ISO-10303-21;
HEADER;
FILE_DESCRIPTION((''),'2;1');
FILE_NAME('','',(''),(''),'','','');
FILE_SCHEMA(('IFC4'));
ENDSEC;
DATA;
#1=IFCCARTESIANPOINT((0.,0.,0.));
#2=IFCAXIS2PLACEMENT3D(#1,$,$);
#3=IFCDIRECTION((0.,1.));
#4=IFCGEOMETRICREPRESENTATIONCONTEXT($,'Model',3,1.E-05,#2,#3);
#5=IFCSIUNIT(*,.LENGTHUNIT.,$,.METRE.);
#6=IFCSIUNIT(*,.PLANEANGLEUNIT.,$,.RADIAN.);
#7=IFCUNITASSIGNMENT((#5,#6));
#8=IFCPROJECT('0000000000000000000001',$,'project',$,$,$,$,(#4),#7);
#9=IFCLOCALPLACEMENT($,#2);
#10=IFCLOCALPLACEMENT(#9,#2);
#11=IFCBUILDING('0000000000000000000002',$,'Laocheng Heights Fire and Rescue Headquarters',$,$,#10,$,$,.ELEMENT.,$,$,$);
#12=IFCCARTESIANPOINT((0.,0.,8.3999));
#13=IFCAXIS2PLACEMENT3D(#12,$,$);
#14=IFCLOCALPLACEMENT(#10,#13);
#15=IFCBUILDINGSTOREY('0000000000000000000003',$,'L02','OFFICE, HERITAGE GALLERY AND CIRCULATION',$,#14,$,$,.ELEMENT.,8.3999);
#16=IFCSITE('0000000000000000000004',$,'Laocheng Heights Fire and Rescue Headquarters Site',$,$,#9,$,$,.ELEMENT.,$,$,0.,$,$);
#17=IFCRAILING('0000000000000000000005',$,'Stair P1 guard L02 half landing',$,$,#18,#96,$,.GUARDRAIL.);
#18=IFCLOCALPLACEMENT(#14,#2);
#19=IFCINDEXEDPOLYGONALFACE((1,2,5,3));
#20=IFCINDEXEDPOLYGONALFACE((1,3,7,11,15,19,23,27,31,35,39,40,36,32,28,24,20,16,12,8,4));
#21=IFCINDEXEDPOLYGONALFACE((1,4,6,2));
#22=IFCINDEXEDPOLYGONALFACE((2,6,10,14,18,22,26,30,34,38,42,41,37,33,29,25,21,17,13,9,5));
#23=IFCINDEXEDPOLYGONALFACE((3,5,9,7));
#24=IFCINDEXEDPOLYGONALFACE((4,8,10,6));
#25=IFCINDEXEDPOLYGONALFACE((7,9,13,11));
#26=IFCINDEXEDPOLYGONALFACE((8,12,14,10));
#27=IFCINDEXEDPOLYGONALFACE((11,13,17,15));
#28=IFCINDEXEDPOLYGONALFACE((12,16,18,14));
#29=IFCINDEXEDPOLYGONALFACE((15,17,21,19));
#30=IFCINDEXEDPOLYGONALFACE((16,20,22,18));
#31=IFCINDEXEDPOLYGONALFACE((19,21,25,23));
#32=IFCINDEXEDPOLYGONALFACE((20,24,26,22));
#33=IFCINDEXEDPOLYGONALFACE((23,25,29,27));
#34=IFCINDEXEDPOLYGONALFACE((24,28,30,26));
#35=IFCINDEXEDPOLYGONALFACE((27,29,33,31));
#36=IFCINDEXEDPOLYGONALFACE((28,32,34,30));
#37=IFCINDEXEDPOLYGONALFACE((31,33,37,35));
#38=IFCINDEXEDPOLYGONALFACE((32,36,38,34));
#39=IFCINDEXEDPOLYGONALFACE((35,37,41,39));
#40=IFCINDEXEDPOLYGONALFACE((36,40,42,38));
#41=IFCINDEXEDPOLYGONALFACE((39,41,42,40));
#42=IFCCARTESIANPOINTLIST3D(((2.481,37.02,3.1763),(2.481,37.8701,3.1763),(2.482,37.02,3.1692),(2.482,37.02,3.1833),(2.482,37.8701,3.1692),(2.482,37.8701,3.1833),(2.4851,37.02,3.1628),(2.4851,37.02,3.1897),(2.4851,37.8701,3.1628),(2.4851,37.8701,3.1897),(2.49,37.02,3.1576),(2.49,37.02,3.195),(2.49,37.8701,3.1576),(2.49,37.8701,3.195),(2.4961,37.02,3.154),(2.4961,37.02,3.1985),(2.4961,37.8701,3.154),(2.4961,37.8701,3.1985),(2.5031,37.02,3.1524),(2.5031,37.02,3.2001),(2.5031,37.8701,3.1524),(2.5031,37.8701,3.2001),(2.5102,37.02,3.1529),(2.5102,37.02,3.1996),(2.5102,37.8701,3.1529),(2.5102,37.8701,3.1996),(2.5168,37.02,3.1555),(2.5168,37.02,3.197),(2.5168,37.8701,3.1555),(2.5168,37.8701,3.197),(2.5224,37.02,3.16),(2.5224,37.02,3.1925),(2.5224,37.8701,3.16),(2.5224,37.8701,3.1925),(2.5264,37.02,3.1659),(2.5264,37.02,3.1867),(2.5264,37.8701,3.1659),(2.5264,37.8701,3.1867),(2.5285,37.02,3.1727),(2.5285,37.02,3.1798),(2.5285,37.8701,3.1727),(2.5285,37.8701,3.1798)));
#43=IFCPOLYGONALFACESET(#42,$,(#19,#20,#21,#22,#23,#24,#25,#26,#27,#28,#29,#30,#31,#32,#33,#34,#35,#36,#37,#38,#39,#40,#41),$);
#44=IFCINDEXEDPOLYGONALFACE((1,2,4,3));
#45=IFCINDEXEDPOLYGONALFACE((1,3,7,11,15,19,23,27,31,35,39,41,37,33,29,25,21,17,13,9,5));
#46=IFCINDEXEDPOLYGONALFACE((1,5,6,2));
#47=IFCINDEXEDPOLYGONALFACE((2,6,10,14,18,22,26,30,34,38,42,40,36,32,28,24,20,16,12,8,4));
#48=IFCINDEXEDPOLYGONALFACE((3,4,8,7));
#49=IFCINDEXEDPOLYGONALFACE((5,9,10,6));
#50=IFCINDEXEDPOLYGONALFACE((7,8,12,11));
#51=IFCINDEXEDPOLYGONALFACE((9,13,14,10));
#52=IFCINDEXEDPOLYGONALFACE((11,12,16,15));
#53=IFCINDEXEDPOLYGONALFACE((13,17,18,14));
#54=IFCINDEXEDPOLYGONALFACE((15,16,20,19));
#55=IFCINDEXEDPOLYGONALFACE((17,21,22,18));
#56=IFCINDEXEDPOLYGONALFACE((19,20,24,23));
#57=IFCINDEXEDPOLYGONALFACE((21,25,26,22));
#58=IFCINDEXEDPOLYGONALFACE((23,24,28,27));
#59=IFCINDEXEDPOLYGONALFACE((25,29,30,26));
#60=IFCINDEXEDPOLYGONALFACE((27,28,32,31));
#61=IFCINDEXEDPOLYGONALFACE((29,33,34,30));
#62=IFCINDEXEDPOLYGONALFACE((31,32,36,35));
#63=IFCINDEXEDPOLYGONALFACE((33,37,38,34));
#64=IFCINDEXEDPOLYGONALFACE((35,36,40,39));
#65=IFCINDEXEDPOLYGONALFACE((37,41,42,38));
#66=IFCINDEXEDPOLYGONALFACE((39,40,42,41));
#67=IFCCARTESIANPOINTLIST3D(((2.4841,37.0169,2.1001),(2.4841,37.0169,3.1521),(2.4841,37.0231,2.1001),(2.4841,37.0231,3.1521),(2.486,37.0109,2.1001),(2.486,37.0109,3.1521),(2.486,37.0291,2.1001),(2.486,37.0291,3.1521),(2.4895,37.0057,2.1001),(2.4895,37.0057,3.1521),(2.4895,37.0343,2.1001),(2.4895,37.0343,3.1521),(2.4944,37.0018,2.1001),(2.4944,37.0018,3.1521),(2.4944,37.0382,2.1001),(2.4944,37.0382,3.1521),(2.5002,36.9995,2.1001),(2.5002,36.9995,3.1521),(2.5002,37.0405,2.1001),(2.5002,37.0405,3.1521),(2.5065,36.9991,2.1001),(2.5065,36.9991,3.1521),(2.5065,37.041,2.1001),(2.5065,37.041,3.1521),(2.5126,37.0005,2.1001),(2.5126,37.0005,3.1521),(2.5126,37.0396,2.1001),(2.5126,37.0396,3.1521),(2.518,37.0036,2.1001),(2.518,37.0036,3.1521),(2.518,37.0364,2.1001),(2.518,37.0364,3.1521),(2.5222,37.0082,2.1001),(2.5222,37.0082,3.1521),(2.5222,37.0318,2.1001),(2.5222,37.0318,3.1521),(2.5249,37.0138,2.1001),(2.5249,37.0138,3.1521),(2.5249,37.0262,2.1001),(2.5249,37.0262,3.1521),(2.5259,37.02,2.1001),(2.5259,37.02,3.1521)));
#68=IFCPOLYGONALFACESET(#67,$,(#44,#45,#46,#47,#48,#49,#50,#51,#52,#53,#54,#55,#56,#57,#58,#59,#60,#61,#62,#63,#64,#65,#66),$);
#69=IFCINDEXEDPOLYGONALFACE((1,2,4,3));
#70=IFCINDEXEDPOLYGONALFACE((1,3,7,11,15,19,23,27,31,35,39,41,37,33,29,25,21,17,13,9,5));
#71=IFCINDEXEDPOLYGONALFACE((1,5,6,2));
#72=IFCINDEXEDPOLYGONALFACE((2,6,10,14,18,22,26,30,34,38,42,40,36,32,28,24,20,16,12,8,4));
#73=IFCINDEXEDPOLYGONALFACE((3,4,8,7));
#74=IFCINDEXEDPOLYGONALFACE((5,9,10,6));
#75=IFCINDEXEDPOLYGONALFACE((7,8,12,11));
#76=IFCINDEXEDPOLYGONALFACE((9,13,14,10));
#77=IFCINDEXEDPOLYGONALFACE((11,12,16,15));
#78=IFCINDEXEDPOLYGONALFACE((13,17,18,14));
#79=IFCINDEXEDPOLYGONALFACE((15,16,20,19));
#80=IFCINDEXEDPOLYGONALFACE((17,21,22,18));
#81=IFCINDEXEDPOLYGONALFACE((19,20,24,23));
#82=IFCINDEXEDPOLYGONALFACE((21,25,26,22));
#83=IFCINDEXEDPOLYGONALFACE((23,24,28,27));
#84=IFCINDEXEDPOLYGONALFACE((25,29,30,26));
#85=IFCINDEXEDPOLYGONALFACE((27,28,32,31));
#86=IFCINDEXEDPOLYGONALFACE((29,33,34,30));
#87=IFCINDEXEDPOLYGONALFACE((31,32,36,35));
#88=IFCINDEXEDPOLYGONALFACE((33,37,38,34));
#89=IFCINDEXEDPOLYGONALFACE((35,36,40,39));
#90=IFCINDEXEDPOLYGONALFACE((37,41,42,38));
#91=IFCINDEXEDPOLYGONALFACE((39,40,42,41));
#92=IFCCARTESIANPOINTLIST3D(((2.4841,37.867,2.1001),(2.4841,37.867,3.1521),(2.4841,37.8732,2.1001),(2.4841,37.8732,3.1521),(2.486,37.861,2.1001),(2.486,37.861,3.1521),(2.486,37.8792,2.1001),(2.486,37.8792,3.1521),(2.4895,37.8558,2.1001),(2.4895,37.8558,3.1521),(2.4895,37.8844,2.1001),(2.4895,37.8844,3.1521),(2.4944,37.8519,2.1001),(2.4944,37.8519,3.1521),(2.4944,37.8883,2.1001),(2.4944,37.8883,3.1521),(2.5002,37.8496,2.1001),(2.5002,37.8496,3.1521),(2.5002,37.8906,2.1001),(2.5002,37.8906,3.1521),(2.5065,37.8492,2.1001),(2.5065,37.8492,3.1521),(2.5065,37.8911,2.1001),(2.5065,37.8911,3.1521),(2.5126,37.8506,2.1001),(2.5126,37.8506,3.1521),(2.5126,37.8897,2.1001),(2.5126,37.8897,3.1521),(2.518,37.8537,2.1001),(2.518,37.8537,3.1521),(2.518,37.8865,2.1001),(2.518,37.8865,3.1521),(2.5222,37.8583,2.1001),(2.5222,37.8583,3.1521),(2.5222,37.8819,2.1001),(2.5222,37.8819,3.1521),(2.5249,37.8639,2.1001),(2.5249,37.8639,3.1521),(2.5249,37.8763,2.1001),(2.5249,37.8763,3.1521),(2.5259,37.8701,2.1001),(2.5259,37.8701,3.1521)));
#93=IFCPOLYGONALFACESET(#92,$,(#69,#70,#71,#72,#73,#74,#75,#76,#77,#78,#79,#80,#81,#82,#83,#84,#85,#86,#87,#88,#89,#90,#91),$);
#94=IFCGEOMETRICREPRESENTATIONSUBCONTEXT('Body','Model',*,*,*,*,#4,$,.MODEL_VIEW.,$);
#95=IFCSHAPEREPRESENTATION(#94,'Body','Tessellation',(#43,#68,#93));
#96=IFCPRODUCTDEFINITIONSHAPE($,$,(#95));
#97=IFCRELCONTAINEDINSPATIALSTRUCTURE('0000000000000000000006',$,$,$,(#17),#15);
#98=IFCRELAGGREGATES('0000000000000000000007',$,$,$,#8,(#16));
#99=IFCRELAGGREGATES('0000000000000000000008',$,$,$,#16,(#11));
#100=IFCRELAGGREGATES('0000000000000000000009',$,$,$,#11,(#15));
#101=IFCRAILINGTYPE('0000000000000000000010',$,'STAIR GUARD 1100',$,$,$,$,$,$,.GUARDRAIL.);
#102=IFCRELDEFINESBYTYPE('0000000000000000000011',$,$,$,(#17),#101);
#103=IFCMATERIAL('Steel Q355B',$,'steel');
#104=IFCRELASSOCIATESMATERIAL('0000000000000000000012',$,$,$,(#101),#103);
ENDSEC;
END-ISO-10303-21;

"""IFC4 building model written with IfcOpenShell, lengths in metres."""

from ifc_helpers import new_model, si_unit, direction, frame, origin, origin_2d, place, context, subcontext, project, spatial, circle, extrude, material, type_object, element, save


model = new_model("IFC4")

# Units and contexts
model_context = context("Model", 3, precision=1e-05, world=origin(), true_north=direction((0.0, 1.0)))
body_context = subcontext(model_context, "Body", "Model", "MODEL_VIEW")
ifc_project = project(units=[si_unit("LENGTHUNIT", "METRE"), si_unit("PLANEANGLEUNIT", "RADIAN")], contexts=[model_context])

# Site, building, storey
site_placement = place(None, origin())
site = spatial("IfcSite", under=ifc_project, at=site_placement, Name="Laocheng Heights Fire and Rescue Headquarters Site", CompositionType="ELEMENT", RefElevation=0.0)
building_placement = place(site_placement, origin())
building = spatial("IfcBuilding", under=site, at=building_placement, Name="Laocheng Heights Fire and Rescue Headquarters", CompositionType="ELEMENT")
storey_placement = place(building_placement, frame((0.0, 0.0, 8.3999)))
storey = spatial("IfcBuildingStorey", under=building, at=storey_placement, Name="L02", Description="OFFICE, HERITAGE GALLERY AND CIRCULATION", CompositionType="ELEMENT", Elevation=8.3999)

# Railing
ifc_material_1 = material(Name="Steel Q355B", Category="steel")
railing_type_1 = type_object("IfcRailingType", Name="STAIR GUARD 1100", PredefinedType="GUARDRAIL", material=ifc_material_1)
railing_1_placement = place(storey_placement, frame((2.5049, 37.02, 2.1001)))
element("IfcRailing", 1, at=railing_1_placement, inside=storey, type_object=railing_type_1, Name="Stair P1 guard L02 half landing", PredefinedType="GUARDRAIL", context=body_context, shape_type="SweptSolid", body=[
    extrude(circle(Radius=0.0239, at=origin_2d()), frame((0.0, 0.0, 1.0762), z_axis=(0.0, 1.0, 0.0), x_axis=(-1.0, 0.0, 0.0)), (0.0, 0.0, 1.0), 0.8501),
    extrude(circle(Radius=0.021, at=origin_2d()), origin(), (0.0, 0.0, 1.0), 1.052),
    extrude(circle(Radius=0.021, at=origin_2d()), frame((0.0, 0.8501, 0.0)), (0.0, 0.0, 1.0), 1.052),
])

save(model, "model.ifc")
